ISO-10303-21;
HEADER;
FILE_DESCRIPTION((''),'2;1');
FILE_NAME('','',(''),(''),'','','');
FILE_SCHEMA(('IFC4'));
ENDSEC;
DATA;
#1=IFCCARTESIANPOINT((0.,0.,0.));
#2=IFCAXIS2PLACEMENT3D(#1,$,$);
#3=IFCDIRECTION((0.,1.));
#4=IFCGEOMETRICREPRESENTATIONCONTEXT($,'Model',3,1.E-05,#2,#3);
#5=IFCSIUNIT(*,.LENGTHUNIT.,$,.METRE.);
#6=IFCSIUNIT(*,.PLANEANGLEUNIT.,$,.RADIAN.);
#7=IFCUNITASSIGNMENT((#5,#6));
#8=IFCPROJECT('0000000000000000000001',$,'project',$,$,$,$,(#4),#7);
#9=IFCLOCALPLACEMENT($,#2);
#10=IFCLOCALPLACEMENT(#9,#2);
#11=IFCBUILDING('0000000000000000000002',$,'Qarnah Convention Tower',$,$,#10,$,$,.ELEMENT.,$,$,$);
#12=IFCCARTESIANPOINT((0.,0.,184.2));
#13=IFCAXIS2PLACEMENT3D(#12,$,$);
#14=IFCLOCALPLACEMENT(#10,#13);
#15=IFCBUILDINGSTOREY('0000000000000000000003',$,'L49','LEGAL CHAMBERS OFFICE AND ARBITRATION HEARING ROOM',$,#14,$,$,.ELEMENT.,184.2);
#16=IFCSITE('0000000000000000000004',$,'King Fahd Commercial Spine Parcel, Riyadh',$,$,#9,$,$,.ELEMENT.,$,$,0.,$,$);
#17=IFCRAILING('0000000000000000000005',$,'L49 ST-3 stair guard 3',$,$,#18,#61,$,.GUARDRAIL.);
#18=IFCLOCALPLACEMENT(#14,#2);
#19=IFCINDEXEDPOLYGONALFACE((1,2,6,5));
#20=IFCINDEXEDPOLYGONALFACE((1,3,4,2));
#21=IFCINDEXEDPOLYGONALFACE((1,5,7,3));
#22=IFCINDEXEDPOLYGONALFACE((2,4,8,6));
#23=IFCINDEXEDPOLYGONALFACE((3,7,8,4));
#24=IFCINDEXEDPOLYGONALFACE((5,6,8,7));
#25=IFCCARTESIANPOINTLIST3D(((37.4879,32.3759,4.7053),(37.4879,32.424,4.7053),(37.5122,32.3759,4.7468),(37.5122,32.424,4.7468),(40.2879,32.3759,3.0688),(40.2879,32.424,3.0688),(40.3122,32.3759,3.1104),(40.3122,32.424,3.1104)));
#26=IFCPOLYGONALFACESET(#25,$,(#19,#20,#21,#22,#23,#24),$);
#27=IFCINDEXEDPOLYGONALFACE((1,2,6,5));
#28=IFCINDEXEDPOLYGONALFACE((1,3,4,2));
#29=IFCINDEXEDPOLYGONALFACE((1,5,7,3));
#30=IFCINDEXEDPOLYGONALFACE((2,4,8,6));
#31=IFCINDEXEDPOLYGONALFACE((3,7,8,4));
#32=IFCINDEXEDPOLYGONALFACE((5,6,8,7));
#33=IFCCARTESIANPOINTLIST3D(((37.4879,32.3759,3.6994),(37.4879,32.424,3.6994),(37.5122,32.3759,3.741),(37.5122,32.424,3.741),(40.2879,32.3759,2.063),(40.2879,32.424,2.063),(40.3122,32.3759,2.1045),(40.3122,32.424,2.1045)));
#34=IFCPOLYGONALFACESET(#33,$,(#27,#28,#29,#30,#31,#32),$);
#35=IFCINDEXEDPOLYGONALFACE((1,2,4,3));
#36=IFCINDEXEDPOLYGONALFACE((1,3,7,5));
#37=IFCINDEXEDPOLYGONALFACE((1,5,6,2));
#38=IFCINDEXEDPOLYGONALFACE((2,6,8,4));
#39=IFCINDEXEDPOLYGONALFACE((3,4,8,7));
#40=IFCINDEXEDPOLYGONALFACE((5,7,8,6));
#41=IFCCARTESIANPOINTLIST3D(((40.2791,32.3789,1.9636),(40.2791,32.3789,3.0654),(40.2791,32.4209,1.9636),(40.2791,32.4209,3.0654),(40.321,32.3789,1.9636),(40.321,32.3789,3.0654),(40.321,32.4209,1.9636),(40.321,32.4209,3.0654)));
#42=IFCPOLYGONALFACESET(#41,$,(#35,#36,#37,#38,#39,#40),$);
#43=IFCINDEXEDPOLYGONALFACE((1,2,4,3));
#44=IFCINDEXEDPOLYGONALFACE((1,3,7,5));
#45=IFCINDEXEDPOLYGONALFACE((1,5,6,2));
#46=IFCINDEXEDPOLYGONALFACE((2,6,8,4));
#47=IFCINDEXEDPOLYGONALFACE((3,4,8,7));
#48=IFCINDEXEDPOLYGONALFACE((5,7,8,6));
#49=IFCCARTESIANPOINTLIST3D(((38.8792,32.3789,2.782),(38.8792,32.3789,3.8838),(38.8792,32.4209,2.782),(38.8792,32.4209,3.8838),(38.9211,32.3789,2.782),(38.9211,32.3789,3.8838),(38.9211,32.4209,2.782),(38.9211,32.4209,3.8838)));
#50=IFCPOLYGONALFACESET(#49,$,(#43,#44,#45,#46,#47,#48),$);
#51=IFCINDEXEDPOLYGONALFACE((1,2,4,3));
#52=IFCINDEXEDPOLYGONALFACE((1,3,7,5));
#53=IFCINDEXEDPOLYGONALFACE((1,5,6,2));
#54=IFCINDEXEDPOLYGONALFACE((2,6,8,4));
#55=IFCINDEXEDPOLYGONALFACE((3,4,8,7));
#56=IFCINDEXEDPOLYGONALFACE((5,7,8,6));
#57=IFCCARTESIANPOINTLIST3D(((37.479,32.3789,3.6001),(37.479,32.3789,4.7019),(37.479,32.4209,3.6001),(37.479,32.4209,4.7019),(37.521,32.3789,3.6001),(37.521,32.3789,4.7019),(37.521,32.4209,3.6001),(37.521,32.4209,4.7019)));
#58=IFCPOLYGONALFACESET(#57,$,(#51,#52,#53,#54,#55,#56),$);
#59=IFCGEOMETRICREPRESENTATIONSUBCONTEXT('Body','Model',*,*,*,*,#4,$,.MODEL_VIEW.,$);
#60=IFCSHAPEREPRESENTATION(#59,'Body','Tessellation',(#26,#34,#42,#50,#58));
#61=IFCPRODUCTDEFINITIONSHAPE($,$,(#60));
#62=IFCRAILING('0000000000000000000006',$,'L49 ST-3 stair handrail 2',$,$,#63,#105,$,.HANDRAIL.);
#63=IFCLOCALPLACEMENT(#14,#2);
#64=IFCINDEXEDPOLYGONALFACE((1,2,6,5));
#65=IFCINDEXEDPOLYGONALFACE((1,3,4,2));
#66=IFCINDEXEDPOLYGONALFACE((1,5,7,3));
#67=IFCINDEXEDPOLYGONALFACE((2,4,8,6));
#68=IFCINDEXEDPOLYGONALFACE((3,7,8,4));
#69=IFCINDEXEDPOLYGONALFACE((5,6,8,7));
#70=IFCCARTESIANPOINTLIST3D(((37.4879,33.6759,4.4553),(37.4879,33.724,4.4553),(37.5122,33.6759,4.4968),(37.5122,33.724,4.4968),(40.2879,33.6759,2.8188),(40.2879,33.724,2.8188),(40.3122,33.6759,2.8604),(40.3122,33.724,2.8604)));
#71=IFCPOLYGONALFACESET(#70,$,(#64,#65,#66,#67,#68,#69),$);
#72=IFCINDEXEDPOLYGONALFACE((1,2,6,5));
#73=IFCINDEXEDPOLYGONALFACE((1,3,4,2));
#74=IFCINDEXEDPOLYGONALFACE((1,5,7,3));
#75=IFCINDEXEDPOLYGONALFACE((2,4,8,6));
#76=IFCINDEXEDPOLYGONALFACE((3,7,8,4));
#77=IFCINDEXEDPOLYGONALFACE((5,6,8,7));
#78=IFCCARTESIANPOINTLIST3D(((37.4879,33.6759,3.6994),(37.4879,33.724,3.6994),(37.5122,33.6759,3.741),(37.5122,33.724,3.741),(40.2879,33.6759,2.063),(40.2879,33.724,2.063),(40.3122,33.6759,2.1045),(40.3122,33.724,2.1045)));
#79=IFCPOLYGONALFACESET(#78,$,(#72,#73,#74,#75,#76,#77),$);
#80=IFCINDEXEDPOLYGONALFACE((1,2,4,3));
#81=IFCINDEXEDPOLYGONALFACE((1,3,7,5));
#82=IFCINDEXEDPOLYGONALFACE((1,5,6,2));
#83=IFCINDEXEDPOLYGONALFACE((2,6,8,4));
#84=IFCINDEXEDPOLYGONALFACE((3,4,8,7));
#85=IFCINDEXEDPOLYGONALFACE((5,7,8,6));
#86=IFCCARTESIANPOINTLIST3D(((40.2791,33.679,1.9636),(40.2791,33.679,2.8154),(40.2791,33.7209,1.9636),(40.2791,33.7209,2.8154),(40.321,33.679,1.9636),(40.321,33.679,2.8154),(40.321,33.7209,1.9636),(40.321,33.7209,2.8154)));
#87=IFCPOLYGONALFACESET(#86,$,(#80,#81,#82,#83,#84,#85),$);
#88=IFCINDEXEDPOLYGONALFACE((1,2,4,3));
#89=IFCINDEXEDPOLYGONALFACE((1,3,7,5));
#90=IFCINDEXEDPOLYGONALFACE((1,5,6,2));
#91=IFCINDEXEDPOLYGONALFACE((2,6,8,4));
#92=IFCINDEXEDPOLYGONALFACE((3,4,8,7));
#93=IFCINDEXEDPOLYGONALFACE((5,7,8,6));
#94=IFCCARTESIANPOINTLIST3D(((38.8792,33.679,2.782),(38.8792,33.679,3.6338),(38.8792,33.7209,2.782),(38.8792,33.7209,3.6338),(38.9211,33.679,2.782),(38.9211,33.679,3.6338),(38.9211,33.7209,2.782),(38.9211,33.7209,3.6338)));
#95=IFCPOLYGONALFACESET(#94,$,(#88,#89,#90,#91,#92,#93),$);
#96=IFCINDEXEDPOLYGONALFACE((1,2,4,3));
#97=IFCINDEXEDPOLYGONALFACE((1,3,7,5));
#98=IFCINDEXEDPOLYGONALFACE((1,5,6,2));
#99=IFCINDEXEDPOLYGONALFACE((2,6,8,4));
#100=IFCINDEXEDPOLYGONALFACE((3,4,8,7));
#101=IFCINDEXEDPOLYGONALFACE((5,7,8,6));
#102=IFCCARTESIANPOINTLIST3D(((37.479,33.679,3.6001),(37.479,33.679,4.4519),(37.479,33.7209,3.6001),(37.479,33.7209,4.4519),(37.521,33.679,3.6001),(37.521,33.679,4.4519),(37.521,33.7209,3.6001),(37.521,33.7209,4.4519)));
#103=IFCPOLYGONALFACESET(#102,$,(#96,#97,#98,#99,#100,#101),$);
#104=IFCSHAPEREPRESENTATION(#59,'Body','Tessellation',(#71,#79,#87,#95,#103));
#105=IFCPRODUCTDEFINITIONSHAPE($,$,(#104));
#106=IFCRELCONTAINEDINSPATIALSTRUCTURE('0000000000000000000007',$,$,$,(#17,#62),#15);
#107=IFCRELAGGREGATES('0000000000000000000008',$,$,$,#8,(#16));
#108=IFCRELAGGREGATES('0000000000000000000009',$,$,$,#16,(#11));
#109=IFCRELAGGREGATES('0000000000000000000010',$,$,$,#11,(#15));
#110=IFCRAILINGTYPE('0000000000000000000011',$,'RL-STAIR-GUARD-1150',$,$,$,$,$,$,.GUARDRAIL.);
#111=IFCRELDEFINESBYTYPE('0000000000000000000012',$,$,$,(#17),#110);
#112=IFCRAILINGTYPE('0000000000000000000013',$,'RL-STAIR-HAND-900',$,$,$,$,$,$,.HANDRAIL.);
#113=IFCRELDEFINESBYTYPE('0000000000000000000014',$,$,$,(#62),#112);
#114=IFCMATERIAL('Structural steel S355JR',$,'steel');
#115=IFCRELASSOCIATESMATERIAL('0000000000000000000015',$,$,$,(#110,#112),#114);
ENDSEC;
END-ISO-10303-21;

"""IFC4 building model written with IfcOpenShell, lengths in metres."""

from ifc_helpers import new_model, si_unit, direction, frame, origin, origin_2d, place, context, subcontext, project, spatial, rectangle, extrude, material, type_object, element, save


model = new_model("IFC4")

# Units and contexts
model_context = context("Model", 3, precision=1e-05, world=origin(), true_north=direction((0.0, 1.0)))
body_context = subcontext(model_context, "Body", "Model", "MODEL_VIEW")
ifc_project = project(units=[si_unit("LENGTHUNIT", "METRE"), si_unit("PLANEANGLEUNIT", "RADIAN")], contexts=[model_context])

# Site, building, storey
site_placement = place(None, origin())
site = spatial("IfcSite", under=ifc_project, at=site_placement, Name="King Fahd Commercial Spine Parcel, Riyadh", CompositionType="ELEMENT", RefElevation=0.0)
building_placement = place(site_placement, origin())
building = spatial("IfcBuilding", under=site, at=building_placement, Name="Qarnah Convention Tower", CompositionType="ELEMENT")
storey_placement = place(building_placement, frame((0.0, 0.0, 184.2)))
storey = spatial("IfcBuildingStorey", under=building, at=storey_placement, Name="L49", Description="LEGAL CHAMBERS OFFICE AND ARBITRATION HEARING ROOM", CompositionType="ELEMENT", Elevation=184.2)

# Shared definitions
ifc_material_1 = material(Name="Structural steel S355JR", Category="steel")

# Railings
railing_type_1 = type_object("IfcRailingType", Name="RL-STAIR-GUARD-1150", PredefinedType="GUARDRAIL", material=ifc_material_1)
railing_1_placement = place(storey_placement, frame((40.3, 32.3999, 1.9636)))
element("IfcRailing", 1, at=railing_1_placement, inside=storey, type_object=railing_type_1, Name="L49 ST-3 stair guard 3", PredefinedType="GUARDRAIL", context=body_context, shape_type="SweptSolid", body=[
    extrude(rectangle(XDim=0.0481, YDim=0.0481, at=origin_2d()), frame((0.0, 0.0, 1.126), z_axis=(-0.863361, 0.0, 0.504587), x_axis=(0.0, -1.0, 0.0)), (0.0, 0.0, 1.0), 3.2432),
    extrude(rectangle(XDim=0.0481, YDim=0.0481, at=origin_2d()), frame((0.0, 0.0, 0.1201), z_axis=(-0.863361, 0.0, 0.504587), x_axis=(0.0, -1.0, 0.0)), (0.0, 0.0, 1.0), 3.2432),
    extrude(rectangle(XDim=0.042, YDim=0.042, at=origin_2d()), origin(), (0.0, 0.0, 1.0), 1.1018),
    extrude(rectangle(XDim=0.042, YDim=0.042, at=origin_2d()), frame((-1.3999, 0.0, 0.8184)), (0.0, 0.0, 1.0), 1.1018),
    extrude(rectangle(XDim=0.042, YDim=0.042, at=origin_2d()), frame((-2.8, 0.0, 1.6365)), (0.0, 0.0, 1.0), 1.1018),
])
railing_type_2 = type_object("IfcRailingType", Name="RL-STAIR-HAND-900", PredefinedType="HANDRAIL", material=ifc_material_1)
railing_2_placement = place(storey_placement, frame((40.3, 33.7, 1.9636)))
element("IfcRailing", 2, at=railing_2_placement, inside=storey, type_object=railing_type_2, Name="L49 ST-3 stair handrail 2", PredefinedType="HANDRAIL", context=body_context, shape_type="SweptSolid", body=[
    extrude(rectangle(XDim=0.0481, YDim=0.0481, at=origin_2d()), frame((0.0, 0.0, 0.876), z_axis=(-0.863361, 0.0, 0.504587), x_axis=(0.0, -1.0, 0.0)), (0.0, 0.0, 1.0), 3.2432),
    extrude(rectangle(XDim=0.0481, YDim=0.0481, at=origin_2d()), frame((0.0, 0.0, 0.1201), z_axis=(-0.863361, 0.0, 0.504587), x_axis=(0.0, -1.0, 0.0)), (0.0, 0.0, 1.0), 3.2432),
    extrude(rectangle(XDim=0.042, YDim=0.042, at=origin_2d()), origin(), (0.0, 0.0, 1.0), 0.8518),
    extrude(rectangle(XDim=0.042, YDim=0.042, at=origin_2d()), frame((-1.3999, 0.0, 0.8184)), (0.0, 0.0, 1.0), 0.8518),
    extrude(rectangle(XDim=0.042, YDim=0.042, at=origin_2d()), frame((-2.8, 0.0, 1.6365)), (0.0, 0.0, 1.0), 0.8518),
])

save(model, "model.ifc")
